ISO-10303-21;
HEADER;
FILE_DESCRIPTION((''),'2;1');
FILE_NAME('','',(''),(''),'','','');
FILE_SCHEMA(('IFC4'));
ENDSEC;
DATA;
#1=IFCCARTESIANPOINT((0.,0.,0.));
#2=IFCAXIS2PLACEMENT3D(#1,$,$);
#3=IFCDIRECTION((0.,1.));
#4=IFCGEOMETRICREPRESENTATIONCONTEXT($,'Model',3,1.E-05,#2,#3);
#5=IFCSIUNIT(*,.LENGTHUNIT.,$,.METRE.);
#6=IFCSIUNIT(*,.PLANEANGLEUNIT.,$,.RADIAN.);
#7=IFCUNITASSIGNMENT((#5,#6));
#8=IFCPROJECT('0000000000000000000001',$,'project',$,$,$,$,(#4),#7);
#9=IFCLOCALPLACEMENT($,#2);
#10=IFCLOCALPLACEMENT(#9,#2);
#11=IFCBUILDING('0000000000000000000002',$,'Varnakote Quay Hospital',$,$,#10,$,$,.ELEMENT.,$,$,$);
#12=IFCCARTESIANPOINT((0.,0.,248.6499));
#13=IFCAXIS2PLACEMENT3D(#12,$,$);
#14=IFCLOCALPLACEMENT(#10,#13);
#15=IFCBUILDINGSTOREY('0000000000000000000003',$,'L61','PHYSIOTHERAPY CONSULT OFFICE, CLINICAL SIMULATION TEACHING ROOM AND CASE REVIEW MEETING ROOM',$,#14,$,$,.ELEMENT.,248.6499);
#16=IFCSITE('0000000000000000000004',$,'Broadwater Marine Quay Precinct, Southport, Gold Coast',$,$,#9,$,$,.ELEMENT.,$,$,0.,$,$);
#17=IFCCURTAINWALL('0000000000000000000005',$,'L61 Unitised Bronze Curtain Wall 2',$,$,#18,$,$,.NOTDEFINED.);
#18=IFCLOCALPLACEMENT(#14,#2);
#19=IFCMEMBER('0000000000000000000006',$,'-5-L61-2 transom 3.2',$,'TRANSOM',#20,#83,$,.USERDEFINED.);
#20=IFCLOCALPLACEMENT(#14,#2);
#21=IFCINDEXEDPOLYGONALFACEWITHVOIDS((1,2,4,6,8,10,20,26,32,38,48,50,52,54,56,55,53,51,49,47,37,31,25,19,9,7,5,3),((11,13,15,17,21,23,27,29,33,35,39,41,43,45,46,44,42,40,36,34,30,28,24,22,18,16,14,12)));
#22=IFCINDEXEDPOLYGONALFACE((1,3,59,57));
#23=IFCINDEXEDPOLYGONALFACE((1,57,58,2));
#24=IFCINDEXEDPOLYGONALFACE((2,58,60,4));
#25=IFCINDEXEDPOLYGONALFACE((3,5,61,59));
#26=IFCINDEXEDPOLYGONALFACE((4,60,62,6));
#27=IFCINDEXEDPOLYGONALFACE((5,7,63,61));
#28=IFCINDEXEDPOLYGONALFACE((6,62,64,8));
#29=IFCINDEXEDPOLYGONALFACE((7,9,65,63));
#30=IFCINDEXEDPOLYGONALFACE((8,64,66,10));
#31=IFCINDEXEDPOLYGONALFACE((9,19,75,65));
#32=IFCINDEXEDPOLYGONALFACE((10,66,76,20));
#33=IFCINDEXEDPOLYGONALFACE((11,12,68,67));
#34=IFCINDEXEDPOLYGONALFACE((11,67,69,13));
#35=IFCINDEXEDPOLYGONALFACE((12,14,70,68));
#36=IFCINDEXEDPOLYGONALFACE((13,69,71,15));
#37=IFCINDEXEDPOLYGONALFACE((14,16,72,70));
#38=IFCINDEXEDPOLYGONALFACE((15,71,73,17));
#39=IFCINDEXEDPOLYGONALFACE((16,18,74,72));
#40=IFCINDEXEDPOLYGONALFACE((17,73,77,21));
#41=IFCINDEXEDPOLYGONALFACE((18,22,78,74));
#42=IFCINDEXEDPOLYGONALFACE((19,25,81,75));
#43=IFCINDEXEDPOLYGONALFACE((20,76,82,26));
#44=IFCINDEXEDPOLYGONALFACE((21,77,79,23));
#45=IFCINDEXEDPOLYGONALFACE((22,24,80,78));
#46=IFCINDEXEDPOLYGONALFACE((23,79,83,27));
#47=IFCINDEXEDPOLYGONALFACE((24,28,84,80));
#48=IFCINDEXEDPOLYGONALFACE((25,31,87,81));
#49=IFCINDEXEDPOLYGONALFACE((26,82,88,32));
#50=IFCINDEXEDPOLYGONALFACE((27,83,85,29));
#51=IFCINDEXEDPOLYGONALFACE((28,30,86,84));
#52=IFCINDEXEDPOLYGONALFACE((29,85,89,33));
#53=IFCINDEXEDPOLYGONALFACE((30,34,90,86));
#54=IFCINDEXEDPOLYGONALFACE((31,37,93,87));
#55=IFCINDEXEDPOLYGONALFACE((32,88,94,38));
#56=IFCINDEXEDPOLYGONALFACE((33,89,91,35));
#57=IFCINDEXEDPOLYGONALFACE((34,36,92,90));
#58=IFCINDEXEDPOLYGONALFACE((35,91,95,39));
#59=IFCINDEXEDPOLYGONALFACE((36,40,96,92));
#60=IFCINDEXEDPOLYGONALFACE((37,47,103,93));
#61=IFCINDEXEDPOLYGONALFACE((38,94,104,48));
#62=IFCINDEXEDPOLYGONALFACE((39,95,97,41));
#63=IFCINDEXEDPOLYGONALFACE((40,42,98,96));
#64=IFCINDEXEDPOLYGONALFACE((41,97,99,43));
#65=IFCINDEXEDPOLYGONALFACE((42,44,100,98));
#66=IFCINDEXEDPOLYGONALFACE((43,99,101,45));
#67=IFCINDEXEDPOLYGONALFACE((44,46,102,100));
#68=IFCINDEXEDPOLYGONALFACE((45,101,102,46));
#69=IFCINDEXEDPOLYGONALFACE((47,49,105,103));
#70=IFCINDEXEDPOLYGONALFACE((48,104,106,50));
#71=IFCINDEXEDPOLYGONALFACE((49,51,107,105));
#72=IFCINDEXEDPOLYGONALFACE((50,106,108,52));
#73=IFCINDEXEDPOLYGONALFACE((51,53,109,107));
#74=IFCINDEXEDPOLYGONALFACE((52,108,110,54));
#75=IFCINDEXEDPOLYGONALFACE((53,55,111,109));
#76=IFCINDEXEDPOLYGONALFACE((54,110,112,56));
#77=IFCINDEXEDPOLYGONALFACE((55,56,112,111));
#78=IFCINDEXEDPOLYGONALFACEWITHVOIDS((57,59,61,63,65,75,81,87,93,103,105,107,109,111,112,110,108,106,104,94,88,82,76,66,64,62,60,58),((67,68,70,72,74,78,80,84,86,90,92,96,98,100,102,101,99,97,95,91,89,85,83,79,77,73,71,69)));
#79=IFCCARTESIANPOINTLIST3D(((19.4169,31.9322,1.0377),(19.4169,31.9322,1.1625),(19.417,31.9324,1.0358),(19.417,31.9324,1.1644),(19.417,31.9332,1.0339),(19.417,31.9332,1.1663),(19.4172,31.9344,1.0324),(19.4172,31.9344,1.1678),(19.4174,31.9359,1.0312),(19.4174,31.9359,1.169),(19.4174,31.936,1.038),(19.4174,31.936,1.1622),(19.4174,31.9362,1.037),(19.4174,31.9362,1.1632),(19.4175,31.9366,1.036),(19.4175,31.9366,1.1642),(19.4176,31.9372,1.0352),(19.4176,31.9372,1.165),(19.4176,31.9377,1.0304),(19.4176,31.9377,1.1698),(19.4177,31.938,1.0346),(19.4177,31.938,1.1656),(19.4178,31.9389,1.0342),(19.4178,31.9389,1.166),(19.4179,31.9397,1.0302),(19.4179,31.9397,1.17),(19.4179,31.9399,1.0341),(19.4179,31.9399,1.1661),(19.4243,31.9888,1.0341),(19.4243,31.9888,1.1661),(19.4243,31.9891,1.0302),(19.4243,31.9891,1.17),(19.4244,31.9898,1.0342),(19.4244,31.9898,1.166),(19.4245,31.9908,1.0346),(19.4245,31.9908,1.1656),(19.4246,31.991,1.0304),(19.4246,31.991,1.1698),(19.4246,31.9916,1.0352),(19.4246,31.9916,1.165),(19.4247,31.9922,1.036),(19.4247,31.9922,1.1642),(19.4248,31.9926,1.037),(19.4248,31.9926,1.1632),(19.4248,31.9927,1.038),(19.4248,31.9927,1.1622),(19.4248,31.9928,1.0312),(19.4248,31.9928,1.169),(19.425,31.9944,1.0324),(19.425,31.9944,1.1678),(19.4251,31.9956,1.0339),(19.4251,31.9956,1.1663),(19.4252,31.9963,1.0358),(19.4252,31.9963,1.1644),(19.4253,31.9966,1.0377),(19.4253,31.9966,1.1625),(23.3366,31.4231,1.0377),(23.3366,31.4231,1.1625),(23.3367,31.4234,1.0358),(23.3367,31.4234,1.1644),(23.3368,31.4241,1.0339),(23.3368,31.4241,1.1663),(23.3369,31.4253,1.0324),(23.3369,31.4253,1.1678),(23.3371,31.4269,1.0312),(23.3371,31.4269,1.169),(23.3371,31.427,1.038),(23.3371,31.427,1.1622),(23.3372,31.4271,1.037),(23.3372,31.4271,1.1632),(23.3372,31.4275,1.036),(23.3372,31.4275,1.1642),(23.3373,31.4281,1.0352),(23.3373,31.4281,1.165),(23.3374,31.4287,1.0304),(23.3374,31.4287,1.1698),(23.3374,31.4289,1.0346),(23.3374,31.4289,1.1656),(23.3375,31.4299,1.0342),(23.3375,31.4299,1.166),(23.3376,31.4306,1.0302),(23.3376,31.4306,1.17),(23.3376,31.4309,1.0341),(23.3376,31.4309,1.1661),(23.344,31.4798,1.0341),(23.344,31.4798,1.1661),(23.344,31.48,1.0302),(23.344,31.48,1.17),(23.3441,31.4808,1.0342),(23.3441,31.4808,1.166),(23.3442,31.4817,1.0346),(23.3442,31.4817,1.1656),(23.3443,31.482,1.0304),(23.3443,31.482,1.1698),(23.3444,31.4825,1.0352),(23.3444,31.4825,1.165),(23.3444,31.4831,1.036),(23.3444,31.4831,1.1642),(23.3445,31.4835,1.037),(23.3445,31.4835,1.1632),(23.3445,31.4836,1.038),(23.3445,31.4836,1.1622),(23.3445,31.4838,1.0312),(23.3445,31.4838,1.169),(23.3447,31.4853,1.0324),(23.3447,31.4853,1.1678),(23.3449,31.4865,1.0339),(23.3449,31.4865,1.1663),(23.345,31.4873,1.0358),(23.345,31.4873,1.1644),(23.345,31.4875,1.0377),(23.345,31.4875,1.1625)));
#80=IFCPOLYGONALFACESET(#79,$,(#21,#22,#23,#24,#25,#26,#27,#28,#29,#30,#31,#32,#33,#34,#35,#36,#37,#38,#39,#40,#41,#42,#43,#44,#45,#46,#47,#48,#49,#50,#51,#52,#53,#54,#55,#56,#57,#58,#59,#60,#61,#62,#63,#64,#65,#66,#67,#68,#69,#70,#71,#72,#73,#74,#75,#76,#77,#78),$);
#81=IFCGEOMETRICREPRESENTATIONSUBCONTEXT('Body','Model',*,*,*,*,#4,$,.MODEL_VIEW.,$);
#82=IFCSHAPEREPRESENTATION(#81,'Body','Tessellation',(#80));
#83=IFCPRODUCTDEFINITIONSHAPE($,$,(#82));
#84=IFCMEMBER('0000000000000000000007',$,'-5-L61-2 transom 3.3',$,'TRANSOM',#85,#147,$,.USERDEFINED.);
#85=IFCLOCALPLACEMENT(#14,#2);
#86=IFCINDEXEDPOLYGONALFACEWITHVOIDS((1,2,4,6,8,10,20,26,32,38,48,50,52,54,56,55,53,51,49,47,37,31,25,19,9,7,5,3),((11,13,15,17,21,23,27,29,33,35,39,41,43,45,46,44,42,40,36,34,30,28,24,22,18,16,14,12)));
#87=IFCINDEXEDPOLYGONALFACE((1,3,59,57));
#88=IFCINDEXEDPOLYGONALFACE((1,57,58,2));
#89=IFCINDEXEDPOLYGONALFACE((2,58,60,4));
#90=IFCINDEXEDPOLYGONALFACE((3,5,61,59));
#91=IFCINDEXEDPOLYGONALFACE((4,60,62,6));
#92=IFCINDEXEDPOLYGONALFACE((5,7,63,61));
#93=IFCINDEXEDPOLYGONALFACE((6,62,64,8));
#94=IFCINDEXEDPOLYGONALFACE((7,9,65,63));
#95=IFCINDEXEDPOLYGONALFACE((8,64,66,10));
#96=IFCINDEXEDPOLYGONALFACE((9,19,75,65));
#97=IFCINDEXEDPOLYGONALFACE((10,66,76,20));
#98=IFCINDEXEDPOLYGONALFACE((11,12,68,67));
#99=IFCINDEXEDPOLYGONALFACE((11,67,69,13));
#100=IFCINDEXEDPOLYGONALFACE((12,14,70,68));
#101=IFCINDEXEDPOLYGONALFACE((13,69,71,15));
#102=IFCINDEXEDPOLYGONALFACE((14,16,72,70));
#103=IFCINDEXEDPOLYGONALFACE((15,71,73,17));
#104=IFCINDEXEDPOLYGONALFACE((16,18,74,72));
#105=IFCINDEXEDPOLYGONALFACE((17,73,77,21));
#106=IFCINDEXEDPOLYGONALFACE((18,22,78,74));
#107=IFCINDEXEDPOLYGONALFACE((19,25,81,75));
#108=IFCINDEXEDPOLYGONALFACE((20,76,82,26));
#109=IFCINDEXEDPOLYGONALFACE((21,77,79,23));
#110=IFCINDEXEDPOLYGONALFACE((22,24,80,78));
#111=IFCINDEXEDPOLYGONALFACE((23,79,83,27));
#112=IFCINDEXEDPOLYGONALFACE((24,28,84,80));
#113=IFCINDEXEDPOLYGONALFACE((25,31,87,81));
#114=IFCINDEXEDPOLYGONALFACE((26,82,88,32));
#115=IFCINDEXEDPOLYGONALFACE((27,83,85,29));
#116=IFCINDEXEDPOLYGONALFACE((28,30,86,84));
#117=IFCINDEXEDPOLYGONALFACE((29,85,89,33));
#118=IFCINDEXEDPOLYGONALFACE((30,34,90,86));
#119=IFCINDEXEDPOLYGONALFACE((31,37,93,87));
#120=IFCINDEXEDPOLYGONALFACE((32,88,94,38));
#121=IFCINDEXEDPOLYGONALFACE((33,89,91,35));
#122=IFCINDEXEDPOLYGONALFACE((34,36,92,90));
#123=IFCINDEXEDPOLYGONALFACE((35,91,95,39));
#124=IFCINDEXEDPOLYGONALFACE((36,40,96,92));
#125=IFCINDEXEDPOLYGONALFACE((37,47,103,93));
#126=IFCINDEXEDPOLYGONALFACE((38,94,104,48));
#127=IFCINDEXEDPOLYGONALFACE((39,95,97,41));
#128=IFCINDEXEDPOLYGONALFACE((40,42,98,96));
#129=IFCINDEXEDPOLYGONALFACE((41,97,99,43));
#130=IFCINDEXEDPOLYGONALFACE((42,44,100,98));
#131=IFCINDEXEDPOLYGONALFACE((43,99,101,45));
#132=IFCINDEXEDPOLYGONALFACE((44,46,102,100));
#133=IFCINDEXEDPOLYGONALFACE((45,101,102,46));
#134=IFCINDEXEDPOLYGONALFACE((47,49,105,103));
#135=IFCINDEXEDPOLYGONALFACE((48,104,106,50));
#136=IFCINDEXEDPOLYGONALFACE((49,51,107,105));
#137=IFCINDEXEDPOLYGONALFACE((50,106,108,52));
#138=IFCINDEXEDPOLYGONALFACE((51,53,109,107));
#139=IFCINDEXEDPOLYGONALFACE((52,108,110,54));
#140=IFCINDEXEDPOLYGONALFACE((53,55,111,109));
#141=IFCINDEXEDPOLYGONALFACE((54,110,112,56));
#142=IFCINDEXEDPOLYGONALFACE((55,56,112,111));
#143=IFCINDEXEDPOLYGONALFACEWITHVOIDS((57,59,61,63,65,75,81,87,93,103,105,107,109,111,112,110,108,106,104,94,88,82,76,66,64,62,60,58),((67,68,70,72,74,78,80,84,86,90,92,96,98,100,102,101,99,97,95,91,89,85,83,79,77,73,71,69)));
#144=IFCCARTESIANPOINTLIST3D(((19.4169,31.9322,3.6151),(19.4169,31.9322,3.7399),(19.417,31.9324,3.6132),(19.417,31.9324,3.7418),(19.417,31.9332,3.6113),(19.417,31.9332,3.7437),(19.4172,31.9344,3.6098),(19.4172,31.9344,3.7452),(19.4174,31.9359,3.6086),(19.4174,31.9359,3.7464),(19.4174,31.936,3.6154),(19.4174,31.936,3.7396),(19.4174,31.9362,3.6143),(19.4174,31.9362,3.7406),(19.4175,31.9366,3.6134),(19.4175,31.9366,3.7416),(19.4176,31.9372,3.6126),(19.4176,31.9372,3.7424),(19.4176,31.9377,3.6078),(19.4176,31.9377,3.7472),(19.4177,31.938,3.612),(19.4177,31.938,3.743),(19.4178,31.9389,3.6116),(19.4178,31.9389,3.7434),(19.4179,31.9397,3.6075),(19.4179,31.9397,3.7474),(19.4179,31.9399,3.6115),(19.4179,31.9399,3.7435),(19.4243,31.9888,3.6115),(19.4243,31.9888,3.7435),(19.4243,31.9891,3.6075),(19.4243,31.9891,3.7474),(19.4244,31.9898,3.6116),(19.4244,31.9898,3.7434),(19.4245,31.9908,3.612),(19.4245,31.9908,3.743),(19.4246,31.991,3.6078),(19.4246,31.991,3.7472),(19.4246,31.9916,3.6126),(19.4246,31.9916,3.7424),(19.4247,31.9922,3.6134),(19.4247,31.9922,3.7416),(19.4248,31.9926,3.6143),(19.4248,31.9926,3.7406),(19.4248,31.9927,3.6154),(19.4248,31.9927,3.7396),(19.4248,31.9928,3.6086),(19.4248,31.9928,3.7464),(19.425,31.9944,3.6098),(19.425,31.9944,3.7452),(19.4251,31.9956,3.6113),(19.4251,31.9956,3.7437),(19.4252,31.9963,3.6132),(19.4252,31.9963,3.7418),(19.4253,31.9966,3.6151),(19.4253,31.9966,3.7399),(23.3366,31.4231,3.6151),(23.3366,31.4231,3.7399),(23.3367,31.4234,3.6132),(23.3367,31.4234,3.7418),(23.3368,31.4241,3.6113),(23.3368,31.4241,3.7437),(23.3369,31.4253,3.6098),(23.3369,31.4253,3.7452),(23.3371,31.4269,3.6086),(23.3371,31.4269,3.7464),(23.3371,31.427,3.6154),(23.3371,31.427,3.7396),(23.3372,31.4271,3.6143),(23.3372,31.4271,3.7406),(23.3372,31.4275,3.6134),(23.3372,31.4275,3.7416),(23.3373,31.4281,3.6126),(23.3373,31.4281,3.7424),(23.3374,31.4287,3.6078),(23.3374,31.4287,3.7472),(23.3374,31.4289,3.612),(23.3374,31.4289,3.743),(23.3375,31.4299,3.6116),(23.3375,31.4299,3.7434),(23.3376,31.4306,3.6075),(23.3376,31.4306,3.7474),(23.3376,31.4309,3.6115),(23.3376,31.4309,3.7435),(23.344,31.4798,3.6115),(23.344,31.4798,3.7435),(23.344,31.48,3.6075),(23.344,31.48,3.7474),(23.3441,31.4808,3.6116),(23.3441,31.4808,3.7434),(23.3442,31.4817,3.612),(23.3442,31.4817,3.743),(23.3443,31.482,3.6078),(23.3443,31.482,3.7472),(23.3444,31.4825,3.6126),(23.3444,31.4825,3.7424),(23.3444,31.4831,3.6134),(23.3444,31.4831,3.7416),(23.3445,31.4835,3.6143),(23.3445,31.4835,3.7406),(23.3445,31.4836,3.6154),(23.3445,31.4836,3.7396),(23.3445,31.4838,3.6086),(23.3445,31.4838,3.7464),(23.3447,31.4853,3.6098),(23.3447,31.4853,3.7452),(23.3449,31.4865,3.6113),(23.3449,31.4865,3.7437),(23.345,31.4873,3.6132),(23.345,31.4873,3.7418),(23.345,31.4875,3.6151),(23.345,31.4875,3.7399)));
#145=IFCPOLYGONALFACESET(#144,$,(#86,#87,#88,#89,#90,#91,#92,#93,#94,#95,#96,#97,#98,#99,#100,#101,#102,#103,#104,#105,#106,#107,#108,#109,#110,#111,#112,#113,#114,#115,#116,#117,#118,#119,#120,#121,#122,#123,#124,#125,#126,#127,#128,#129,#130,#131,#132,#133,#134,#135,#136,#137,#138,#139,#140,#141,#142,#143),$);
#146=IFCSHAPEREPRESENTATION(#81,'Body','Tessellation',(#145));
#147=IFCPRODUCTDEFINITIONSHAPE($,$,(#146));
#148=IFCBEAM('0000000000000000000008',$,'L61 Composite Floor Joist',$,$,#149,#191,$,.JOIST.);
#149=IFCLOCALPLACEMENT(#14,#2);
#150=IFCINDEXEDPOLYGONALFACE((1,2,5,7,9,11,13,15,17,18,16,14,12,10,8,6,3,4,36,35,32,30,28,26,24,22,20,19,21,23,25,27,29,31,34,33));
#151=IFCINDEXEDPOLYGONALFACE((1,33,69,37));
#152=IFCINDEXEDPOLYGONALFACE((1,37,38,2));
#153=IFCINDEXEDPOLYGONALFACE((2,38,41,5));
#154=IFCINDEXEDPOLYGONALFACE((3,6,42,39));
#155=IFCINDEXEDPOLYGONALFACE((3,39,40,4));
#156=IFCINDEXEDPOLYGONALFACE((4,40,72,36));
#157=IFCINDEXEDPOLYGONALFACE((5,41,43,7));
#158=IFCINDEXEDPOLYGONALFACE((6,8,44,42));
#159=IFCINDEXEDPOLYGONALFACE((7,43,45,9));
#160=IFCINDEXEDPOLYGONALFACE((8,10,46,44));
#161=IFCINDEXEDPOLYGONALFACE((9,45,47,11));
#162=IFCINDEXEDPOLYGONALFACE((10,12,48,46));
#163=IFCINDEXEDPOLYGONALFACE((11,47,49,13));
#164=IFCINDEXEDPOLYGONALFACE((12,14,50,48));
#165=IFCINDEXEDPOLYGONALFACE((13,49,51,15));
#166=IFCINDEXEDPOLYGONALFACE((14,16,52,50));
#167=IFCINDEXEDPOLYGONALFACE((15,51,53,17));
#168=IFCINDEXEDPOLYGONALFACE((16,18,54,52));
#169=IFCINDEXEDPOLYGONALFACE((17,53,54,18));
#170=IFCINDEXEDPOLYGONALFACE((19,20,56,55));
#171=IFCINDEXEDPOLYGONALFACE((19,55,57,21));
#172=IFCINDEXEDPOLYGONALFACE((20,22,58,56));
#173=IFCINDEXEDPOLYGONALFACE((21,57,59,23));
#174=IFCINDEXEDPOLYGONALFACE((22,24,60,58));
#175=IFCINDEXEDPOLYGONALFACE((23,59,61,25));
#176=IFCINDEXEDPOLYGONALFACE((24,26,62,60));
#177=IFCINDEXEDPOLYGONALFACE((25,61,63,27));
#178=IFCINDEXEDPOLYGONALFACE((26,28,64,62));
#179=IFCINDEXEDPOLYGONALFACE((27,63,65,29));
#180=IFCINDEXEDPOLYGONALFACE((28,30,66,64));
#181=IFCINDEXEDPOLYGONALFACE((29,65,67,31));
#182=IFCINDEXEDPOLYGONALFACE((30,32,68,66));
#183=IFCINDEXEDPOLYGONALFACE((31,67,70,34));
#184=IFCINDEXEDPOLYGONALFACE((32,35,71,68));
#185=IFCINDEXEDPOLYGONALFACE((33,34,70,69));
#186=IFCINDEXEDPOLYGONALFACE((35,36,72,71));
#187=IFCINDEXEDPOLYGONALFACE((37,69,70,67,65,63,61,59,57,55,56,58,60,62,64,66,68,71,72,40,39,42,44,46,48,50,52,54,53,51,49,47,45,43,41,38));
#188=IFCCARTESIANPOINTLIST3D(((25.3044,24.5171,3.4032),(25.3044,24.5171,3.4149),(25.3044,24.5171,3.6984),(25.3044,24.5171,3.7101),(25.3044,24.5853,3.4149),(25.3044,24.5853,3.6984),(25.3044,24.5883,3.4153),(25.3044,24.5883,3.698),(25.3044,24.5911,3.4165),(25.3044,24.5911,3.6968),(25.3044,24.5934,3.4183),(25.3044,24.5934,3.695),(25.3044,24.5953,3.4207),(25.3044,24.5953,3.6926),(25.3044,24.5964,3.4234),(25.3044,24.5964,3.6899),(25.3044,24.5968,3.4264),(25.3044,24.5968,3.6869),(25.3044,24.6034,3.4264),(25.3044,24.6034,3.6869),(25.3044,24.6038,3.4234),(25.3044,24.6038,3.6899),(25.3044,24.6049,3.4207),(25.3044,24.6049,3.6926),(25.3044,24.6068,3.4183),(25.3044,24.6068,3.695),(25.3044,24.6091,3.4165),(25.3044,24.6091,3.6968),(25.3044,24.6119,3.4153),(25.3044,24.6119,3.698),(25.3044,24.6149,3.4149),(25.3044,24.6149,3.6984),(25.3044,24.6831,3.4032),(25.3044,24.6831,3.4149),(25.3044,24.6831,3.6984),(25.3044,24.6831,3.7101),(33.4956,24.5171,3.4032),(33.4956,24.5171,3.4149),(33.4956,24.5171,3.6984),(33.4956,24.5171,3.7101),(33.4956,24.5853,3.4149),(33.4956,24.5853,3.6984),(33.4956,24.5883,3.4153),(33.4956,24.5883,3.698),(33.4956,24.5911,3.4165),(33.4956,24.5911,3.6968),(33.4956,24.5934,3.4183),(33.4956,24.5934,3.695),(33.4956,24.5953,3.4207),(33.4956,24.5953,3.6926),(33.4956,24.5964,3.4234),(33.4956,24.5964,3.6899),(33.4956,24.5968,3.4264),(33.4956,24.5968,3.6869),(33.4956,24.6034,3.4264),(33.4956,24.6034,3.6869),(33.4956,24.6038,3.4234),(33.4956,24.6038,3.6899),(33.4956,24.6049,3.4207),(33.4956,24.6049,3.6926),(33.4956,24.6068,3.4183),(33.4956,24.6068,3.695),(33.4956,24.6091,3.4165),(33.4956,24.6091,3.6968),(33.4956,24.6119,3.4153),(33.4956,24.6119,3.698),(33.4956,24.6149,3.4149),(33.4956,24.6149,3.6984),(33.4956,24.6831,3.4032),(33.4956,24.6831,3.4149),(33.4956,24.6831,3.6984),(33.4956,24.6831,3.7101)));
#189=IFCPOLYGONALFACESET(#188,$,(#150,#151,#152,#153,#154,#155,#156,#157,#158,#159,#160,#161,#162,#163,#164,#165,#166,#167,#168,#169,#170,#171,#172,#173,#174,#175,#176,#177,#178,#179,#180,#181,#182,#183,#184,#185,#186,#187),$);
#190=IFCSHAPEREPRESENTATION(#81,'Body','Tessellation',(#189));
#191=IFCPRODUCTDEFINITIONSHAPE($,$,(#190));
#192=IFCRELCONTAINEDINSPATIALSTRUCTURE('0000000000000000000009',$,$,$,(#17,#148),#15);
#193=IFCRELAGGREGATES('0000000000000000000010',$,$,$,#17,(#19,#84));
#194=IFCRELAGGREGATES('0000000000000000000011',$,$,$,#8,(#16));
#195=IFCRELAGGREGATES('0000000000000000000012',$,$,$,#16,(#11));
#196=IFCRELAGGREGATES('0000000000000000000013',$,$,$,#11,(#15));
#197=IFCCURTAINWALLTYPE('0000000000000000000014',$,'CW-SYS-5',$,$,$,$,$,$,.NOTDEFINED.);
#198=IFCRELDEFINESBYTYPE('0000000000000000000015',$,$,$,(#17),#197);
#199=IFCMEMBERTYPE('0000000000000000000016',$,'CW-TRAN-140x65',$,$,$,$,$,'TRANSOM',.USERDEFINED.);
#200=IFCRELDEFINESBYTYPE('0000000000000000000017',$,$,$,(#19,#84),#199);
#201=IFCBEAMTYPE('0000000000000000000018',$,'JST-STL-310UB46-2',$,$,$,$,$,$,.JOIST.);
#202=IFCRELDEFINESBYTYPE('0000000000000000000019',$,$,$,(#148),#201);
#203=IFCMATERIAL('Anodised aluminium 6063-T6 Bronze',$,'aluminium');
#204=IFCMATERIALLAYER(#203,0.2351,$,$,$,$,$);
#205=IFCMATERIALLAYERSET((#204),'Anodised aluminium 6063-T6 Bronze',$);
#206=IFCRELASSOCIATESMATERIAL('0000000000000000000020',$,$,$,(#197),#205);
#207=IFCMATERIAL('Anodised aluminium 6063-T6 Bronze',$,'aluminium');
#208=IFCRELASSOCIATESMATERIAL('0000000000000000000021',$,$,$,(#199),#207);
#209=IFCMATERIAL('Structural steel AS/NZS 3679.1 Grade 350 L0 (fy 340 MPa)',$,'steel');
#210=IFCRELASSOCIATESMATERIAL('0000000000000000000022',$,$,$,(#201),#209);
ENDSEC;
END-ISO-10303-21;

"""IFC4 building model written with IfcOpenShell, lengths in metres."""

from ifc_helpers import new_model, si_unit, direction, frame, origin, origin_2d, place, context, subcontext, project, spatial, hollow_rectangle, i_section, extrude, material, layer, layer_set, material_profile, profile_set, type_object, element, aggregate, save


model = new_model("IFC4")

# Units and contexts
model_context = context("Model", 3, precision=1e-05, world=origin(), true_north=direction((0.0, 1.0)))
body_context = subcontext(model_context, "Body", "Model", "MODEL_VIEW")
ifc_project = project(units=[si_unit("LENGTHUNIT", "METRE"), si_unit("PLANEANGLEUNIT", "RADIAN")], contexts=[model_context])

# Site, building, storey
site_placement = place(None, origin())
site = spatial("IfcSite", under=ifc_project, at=site_placement, Name="Broadwater Marine Quay Precinct, Southport, Gold Coast", CompositionType="ELEMENT", RefElevation=0.0)
building_placement = place(site_placement, origin())
building = spatial("IfcBuilding", under=site, at=building_placement, Name="Varnakote Quay Hospital", CompositionType="ELEMENT")
storey_placement = place(building_placement, frame((0.0, 0.0, 248.6499)))
storey = spatial("IfcBuildingStorey", under=building, at=storey_placement, Name="L61", Description="PHYSIOTHERAPY CONSULT OFFICE, CLINICAL SIMULATION TEACHING ROOM AND CASE REVIEW MEETING ROOM", CompositionType="ELEMENT", Elevation=248.6499)

# Shared definitions
ifc_material_1 = material(Name="Anodised aluminium 6063-T6 Bronze", Category="aluminium")
ifc_layer_1 = layer(ifc_material_1, 0.2351)
ifc_layer_set_1 = layer_set([ifc_layer_1], Name="Anodised aluminium 6063-T6 Bronze")
curtain_wall_type = type_object("IfcCurtainWallType", Name="CW-SYS-5", PredefinedType="NOTDEFINED", material=ifc_layer_set_1)

# Curtain wall, members
curtain_wall_1_placement = place(storey_placement, origin())
curtain_wall_1 = element("IfcCurtainWall", 1, at=curtain_wall_1_placement, inside=storey, type_object=curtain_wall_type, Name="L61 Unitised Bronze Curtain Wall 2", PredefinedType="NOTDEFINED")
ifc_material_2 = material(Name="Anodised aluminium 6063-T6 Bronze", Category="aluminium")
ifc_material_profile_1 = material_profile(ifc_material_2, hollow_rectangle(XDim=0.0649, YDim=0.1399, WallThickness=0.0039, InnerFilletRadius=0.0039, OuterFilletRadius=0.0076, at=origin_2d()), Name="CW-TRAN-140x65")
ifc_profile_set_1 = profile_set([ifc_material_profile_1], Name="Anodised aluminium 6063-T6 Bronze")
member_type_1 = type_object("IfcMemberType", Name="CW-TRAN-140x65", ElementType="TRANSOM", PredefinedType="USERDEFINED", material=ifc_profile_set_1)
member_1_placement = place(storey_placement, frame((23.3408, 31.4553, 1.1001), z_axis=(-0.991673, 0.128785, 0.0), x_axis=(-0.128785, -0.991673, 0.0)))
member_1 = element("IfcMember", 2, at=member_1_placement, type_object=member_type_1, Name="-5-L61-2 transom 3.2", ObjectType="TRANSOM", PredefinedType="USERDEFINED", context=body_context, shape_type="SweptSolid", body=[
    extrude(hollow_rectangle(XDim=0.0649, YDim=0.1399, WallThickness=0.0039, InnerFilletRadius=0.0039, OuterFilletRadius=0.0076, at=origin_2d()), origin(), (0.0, 0.0, 1.0), 3.9526),
])
member_2_placement = place(storey_placement, frame((23.3408, 31.4553, 3.6775), z_axis=(-0.991673, 0.128785, 0.0), x_axis=(-0.128785, -0.991673, 0.0)))
member_2 = element("IfcMember", 3, at=member_2_placement, type_object=member_type_1, Name="-5-L61-2 transom 3.3", ObjectType="TRANSOM", PredefinedType="USERDEFINED", context=body_context, shape_type="SweptSolid", body=[
    extrude(hollow_rectangle(XDim=0.0649, YDim=0.1399, WallThickness=0.0039, InnerFilletRadius=0.0039, OuterFilletRadius=0.0076, at=origin_2d()), origin(), (0.0, 0.0, 1.0), 3.9526),
])

# Beam
ifc_material_3 = material(Name="Structural steel AS/NZS 3679.1 Grade 350 L0 (fy 340 MPa)", Category="steel")
ifc_material_profile_2 = material_profile(ifc_material_3, i_section(OverallWidth=0.166, OverallDepth=0.3069, WebThickness=0.0066, FlangeThickness=0.0117, FilletRadius=0.0115, at=origin_2d()), Name="310UB46.2")
ifc_profile_set_2 = profile_set([ifc_material_profile_2], Name="Structural steel AS/NZS 3679.1 Grade 350 L0 (fy 340 MPa)")
beam_type_1 = type_object("IfcBeamType", Name="JST-STL-310UB46-2", PredefinedType="JOIST", material=ifc_profile_set_2)
beam_1_placement = place(storey_placement, frame((25.3044, 24.6001, 3.5566), z_axis=(1.0, 0.0, 0.0), x_axis=(0.0, 1.0, 0.0)))
element("IfcBeam", 4, at=beam_1_placement, inside=storey, type_object=beam_type_1, Name="L61 Composite Floor Joist", PredefinedType="JOIST", context=body_context, shape_type="SweptSolid", body=[
    extrude(i_section(OverallWidth=0.166, OverallDepth=0.3069, WebThickness=0.0066, FlangeThickness=0.0117, FilletRadius=0.0115, at=origin_2d()), origin(), (0.0, 0.0, 1.0), 8.1912),
])

aggregate(curtain_wall_1, [member_1, member_2])

save(model, "model.ifc")
